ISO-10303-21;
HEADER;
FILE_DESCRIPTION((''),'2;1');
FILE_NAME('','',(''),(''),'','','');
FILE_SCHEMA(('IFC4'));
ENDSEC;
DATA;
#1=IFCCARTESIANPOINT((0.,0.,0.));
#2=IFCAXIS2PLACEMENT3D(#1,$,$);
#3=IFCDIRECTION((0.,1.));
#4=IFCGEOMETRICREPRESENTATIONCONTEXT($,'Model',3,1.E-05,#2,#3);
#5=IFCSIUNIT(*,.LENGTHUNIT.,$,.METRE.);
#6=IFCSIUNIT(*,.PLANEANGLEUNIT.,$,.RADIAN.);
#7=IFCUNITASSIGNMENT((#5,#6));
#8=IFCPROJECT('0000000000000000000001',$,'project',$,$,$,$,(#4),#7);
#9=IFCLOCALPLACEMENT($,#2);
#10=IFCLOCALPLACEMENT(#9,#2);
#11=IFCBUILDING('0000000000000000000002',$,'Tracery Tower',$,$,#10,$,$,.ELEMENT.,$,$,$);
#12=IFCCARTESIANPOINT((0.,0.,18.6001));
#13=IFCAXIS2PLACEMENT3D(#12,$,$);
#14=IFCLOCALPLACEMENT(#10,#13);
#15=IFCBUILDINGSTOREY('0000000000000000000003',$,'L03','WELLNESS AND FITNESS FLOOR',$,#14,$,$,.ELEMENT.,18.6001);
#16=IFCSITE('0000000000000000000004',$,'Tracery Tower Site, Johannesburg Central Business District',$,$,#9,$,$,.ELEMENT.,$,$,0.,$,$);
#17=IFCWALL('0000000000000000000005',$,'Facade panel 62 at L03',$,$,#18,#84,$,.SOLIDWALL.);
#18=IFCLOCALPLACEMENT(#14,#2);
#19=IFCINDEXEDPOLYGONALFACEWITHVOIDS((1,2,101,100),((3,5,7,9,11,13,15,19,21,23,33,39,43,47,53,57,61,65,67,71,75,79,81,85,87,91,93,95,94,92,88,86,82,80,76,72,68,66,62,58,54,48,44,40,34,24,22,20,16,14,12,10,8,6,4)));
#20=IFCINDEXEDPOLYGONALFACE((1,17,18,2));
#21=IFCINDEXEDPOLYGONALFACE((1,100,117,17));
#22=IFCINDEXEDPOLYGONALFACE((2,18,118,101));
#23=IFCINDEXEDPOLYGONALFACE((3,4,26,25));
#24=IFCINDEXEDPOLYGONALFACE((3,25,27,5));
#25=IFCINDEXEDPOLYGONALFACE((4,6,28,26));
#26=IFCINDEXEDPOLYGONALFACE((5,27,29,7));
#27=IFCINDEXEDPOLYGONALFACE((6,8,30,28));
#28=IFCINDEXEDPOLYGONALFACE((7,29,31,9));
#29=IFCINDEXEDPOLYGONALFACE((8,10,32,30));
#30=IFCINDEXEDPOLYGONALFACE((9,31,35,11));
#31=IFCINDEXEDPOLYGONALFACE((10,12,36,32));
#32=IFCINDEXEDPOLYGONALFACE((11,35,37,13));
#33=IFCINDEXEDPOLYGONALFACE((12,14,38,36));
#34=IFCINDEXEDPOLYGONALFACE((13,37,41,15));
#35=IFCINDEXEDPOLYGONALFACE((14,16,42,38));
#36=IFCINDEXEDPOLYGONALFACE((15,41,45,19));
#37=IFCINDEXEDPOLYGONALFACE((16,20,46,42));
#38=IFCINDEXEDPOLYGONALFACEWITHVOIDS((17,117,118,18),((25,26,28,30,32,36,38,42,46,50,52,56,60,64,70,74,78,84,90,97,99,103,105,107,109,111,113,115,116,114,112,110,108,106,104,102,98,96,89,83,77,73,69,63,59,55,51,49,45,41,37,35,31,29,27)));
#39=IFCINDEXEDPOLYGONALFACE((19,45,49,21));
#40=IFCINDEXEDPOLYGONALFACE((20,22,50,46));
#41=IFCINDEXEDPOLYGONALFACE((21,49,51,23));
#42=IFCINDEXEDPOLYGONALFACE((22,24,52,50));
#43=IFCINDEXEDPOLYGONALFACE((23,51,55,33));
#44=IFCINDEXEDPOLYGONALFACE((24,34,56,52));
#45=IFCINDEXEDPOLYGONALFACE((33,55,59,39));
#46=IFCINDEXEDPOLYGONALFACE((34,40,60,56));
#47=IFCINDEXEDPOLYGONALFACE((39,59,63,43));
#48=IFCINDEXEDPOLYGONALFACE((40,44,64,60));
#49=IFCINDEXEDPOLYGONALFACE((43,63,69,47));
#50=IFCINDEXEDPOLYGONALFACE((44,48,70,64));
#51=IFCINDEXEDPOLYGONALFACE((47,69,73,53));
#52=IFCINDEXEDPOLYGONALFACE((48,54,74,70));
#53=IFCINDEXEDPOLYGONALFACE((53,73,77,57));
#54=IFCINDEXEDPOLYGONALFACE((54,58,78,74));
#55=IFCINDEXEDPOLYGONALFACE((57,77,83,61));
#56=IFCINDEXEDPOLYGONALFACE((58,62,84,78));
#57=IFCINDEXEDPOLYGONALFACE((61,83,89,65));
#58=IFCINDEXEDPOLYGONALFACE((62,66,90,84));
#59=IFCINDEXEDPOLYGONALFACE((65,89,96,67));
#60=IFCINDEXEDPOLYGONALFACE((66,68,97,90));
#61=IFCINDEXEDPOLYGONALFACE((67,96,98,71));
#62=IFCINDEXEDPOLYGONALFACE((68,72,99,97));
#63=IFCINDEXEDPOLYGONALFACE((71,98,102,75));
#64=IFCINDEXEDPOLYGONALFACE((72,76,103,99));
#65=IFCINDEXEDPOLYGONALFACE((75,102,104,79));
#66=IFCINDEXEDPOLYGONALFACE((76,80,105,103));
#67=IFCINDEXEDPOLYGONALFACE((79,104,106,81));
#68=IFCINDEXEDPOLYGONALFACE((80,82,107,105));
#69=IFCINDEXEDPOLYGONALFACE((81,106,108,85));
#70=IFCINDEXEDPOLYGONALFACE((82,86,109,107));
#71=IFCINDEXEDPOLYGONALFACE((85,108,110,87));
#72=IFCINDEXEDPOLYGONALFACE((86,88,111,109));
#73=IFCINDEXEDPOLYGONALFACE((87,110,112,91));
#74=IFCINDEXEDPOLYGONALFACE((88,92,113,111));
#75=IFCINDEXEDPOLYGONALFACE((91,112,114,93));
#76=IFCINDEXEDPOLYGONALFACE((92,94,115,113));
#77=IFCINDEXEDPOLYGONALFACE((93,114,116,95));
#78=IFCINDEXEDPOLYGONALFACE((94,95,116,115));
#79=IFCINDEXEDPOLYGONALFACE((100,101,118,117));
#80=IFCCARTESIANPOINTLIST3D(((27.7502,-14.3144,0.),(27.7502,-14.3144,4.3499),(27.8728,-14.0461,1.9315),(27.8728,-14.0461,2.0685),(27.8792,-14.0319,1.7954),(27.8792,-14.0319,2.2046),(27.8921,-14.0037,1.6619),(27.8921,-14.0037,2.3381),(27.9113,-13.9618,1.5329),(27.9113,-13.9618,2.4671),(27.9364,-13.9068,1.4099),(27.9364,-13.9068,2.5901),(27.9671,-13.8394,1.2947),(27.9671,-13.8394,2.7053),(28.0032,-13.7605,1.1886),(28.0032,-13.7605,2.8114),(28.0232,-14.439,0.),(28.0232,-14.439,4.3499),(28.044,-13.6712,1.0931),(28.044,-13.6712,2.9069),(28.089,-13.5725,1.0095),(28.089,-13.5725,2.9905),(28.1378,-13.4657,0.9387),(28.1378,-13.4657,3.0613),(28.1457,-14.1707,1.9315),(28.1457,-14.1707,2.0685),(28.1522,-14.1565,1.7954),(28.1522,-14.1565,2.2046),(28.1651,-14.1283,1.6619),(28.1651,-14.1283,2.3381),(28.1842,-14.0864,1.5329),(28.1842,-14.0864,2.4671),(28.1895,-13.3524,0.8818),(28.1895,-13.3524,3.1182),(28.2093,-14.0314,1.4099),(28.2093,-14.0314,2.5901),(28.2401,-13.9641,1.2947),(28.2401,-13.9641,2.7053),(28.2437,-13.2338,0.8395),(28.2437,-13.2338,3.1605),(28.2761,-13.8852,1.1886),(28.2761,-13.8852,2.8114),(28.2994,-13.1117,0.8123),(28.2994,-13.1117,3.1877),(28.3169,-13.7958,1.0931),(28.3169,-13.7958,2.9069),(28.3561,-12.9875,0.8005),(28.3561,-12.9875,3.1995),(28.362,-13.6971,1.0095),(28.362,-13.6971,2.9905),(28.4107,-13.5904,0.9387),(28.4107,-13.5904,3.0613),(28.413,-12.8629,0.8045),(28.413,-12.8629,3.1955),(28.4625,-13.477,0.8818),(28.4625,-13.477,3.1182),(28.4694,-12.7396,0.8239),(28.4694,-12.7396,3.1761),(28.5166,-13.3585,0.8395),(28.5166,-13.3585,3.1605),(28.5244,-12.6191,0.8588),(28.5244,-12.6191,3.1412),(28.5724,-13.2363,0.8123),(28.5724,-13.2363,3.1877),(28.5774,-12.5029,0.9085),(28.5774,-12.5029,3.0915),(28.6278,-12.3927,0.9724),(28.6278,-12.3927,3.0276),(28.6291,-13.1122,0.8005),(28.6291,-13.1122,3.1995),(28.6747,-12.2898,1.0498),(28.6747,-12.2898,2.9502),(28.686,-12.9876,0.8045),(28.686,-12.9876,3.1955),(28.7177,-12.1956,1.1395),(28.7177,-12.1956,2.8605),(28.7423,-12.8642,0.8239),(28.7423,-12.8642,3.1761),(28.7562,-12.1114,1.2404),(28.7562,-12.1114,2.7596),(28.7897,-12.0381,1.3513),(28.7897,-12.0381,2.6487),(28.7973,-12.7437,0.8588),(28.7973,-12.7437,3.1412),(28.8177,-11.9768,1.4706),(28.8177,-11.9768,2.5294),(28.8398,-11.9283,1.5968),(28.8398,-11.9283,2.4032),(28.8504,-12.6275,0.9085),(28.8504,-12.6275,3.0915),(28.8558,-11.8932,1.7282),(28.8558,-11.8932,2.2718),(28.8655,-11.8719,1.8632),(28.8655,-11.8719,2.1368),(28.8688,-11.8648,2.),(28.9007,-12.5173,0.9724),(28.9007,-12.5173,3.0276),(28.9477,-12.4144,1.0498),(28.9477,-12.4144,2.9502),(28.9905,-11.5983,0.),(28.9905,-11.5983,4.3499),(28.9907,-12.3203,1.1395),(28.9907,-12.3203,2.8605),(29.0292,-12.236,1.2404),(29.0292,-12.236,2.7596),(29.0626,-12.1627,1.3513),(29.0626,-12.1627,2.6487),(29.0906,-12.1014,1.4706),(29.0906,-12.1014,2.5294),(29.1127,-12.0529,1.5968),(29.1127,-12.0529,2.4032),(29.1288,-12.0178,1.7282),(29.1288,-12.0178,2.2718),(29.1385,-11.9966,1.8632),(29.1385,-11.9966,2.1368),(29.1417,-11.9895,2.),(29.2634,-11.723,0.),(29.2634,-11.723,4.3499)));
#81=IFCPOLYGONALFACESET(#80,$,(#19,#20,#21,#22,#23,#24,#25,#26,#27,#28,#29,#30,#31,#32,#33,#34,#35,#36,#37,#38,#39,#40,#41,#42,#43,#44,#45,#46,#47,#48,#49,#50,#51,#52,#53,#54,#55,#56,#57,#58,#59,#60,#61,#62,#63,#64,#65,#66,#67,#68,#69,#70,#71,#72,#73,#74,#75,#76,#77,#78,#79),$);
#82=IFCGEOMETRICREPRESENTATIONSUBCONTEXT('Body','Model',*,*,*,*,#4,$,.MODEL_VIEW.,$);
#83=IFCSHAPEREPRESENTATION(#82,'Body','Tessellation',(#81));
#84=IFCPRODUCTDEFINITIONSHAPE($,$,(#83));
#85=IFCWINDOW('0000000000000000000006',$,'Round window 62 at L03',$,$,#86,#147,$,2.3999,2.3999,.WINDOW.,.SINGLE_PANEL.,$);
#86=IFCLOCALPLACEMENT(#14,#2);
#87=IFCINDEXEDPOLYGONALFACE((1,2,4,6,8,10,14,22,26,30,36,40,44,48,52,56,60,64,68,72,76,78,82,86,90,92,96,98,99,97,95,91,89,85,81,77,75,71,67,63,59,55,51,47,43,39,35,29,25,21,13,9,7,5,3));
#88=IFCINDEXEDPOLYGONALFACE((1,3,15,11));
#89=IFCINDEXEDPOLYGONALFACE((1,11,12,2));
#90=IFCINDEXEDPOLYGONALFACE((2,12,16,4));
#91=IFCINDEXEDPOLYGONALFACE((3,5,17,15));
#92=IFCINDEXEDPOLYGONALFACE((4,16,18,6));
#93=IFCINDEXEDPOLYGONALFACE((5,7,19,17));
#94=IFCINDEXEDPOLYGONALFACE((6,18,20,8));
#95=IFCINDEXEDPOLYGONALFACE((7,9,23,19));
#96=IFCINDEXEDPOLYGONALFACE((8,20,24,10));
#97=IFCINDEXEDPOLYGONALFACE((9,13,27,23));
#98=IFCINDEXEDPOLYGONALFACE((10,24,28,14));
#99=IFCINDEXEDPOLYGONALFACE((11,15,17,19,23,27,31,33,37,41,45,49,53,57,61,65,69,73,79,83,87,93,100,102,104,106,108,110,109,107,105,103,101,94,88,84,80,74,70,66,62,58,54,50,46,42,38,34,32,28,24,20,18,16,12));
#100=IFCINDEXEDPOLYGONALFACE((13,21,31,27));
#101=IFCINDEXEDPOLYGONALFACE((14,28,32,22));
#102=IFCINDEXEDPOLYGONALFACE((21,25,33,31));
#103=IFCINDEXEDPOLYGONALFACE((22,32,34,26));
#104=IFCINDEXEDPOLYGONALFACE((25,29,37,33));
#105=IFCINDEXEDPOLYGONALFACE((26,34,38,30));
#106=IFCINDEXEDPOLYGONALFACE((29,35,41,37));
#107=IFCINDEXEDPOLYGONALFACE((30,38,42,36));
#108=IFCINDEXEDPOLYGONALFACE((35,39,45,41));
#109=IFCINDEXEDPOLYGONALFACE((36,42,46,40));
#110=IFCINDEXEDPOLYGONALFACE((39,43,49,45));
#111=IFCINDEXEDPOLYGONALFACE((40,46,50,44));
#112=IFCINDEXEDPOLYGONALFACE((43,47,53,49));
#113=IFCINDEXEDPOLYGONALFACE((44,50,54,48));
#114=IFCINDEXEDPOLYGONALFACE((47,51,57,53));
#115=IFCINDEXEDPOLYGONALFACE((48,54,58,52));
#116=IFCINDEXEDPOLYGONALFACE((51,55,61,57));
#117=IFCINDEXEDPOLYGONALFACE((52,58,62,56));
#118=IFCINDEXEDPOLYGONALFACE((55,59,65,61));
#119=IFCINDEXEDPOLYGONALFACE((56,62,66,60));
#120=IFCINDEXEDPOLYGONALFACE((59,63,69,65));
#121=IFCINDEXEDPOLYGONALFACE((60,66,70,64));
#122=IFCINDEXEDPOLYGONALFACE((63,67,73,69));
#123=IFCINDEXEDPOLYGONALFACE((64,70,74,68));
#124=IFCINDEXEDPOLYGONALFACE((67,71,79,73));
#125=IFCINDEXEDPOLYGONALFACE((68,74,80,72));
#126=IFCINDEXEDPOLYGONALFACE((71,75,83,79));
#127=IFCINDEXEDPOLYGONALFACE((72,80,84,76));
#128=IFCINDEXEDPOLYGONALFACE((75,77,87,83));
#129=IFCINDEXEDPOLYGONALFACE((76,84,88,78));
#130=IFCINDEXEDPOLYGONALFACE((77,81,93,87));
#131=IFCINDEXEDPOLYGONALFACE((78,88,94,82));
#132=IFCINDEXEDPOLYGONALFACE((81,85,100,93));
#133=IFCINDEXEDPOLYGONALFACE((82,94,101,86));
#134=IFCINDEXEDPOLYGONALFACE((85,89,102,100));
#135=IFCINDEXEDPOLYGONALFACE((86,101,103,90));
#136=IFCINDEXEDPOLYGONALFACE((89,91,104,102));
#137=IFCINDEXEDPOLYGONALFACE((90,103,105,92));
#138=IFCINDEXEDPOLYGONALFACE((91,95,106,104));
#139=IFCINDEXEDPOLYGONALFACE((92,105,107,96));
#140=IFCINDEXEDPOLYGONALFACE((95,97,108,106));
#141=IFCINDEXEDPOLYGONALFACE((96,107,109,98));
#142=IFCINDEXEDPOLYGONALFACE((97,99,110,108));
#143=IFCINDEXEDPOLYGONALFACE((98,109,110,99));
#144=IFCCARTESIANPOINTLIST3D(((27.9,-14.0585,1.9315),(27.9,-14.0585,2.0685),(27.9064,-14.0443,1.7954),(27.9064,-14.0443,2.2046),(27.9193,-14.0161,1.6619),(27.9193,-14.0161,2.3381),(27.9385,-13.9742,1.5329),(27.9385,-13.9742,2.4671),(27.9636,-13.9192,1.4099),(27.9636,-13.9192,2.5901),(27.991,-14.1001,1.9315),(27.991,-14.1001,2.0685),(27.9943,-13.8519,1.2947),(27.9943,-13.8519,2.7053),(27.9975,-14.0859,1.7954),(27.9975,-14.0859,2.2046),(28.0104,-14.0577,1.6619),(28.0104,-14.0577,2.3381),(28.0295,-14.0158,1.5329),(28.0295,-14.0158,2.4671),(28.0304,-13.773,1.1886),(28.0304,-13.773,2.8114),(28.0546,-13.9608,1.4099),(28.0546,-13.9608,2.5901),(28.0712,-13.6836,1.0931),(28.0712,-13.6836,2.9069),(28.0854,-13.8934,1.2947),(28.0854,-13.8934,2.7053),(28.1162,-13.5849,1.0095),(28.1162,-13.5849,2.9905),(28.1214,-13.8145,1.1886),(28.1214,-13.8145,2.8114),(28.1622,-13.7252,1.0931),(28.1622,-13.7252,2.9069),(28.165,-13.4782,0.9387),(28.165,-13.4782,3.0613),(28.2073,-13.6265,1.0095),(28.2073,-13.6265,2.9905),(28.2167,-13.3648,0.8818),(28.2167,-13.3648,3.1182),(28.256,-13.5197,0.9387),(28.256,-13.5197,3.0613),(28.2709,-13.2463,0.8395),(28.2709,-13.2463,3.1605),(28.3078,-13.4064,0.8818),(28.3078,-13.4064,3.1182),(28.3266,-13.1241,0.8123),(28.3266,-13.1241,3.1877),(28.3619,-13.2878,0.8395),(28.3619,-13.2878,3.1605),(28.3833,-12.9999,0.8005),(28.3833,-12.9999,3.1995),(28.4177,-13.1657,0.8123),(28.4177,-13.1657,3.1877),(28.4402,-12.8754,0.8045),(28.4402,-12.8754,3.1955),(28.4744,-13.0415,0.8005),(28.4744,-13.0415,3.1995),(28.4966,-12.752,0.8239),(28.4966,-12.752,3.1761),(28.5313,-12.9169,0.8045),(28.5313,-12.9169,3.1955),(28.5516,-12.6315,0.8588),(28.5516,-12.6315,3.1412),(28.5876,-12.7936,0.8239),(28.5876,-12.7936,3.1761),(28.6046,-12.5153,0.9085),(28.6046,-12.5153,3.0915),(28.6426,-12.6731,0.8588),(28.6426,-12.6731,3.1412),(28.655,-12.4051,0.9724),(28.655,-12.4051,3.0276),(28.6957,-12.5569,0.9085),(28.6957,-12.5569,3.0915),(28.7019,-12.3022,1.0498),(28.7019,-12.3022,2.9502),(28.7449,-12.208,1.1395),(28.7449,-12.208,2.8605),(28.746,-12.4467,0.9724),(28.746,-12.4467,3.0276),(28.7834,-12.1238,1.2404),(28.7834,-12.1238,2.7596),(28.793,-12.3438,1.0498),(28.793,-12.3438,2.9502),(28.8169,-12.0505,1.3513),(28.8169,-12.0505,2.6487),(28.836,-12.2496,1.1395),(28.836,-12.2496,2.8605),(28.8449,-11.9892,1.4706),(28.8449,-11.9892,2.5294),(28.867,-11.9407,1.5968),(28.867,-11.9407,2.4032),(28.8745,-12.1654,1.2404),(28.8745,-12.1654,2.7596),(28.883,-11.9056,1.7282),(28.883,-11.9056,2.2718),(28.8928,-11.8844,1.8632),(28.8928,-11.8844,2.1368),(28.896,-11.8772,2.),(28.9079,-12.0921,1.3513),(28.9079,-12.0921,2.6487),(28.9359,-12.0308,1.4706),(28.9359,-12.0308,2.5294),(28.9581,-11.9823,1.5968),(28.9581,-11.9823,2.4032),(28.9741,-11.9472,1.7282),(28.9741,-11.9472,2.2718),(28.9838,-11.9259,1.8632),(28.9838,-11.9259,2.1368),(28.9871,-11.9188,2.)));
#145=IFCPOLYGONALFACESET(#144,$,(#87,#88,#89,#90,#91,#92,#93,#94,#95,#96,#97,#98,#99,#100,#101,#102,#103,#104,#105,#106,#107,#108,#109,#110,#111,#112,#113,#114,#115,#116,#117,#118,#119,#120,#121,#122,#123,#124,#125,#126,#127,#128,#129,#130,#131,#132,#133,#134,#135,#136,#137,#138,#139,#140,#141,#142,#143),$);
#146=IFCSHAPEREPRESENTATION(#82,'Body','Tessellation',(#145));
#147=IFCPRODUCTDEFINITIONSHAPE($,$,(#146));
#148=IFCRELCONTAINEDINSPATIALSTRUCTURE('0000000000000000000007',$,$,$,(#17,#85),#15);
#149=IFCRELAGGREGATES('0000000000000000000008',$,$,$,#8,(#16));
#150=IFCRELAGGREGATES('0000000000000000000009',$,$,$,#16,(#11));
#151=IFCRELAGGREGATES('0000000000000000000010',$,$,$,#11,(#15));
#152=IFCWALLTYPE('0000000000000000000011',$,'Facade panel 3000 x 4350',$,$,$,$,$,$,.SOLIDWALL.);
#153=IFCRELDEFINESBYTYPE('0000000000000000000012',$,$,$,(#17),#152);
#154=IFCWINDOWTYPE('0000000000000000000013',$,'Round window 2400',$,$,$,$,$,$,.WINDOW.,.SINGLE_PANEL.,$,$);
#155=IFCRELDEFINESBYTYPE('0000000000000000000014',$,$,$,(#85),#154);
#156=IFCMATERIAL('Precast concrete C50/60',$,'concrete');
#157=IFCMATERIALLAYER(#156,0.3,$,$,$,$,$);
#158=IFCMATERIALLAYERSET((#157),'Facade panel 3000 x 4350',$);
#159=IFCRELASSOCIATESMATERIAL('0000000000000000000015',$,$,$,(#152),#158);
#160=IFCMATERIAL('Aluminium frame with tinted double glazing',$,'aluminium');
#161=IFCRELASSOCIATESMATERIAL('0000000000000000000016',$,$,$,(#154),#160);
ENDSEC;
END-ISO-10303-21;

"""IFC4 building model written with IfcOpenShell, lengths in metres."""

from ifc_helpers import new_model, si_unit, direction, frame, frame_2d, origin, origin_2d, place, context, subcontext, project, spatial, rectangle, circle, extrude, material, layer, layer_set, type_object, element, fill, save


model = new_model("IFC4")

# Units and contexts
model_context = context("Model", 3, precision=1e-05, world=origin(), true_north=direction((0.0, 1.0)))
body_context = subcontext(model_context, "Body", "Model", "MODEL_VIEW")
ifc_project = project(units=[si_unit("LENGTHUNIT", "METRE"), si_unit("PLANEANGLEUNIT", "RADIAN")], contexts=[model_context])

# Site, building, storey
site_placement = place(None, origin())
site = spatial("IfcSite", under=ifc_project, at=site_placement, Name="Tracery Tower Site, Johannesburg Central Business District", CompositionType="ELEMENT", RefElevation=0.0)
building_placement = place(site_placement, origin())
building = spatial("IfcBuilding", under=site, at=building_placement, Name="Tracery Tower", CompositionType="ELEMENT")
storey_placement = place(building_placement, frame((0.0, 0.0, 18.6001)))
storey = spatial("IfcBuildingStorey", under=building, at=storey_placement, Name="L03", Description="WELLNESS AND FITNESS FLOOR", CompositionType="ELEMENT", Elevation=18.6001)

# Wall, opening, window
ifc_material_1 = material(Name="Precast concrete C50/60", Category="concrete")
ifc_layer_1 = layer(ifc_material_1, 0.3)
ifc_layer_set_1 = layer_set([ifc_layer_1], Name="Facade panel 3000 x 4350")
wall_type_1 = type_object("IfcWallType", Name="Facade panel 3000 x 4350", PredefinedType="SOLIDWALL", material=ifc_layer_set_1)
wall_1_placement = place(storey_placement, frame((27.8867, -14.3767, 0.0), z_axis=(0.0, 0.0, 1.0), x_axis=(0.415373, 0.909651, 0.0)))
wall_1 = element("IfcWall", 1, at=wall_1_placement, inside=storey, type_object=wall_type_1, Name="Facade panel 62 at L03", PredefinedType="SOLIDWALL", context=body_context, shape_type="SweptSolid", body=[
    extrude(rectangle(XDim=2.9858, YDim=0.3, at=frame_2d((1.4929, 0.0))), origin(), (0.0, 0.0, 1.0), 4.3499),
])
opening_1_placement = place(wall_1_placement, frame((1.4929, 0.0, 2.0)))
opening_1 = element("IfcOpeningElement", 2, at=opening_1_placement, cuts=wall_1, PredefinedType="OPENING", context=body_context, shape_type="SweptSolid", body=[
    extrude(circle(Radius=1.2, at=origin_2d()), frame((0.0, 0.1599, 0.0), z_axis=(0.0, -1.0, 0.0), x_axis=(1.0, 0.0, 0.0)), (0.0, 0.0, 1.0), 0.3201),
])
ifc_material_2 = material(Name="Aluminium frame with tinted double glazing", Category="aluminium")
window_type = type_object("IfcWindowType", Name="Round window 2400", PartitioningType="SINGLE_PANEL", PredefinedType="WINDOW", material=ifc_material_2)
window_1_placement = place(opening_1_placement, origin())
window_1 = element("IfcWindow", 3, at=window_1_placement, inside=storey, type_object=window_type, Name="Round window 62 at L03", OverallHeight=2.3999, OverallWidth=2.3999, PartitioningType="SINGLE_PANEL", PredefinedType="WINDOW", context=body_context, shape_type="SweptSolid", body=[
    extrude(circle(Radius=1.2, at=origin_2d()), frame((0.0, 0.1201, 0.0), z_axis=(0.0, -1.0, 0.0), x_axis=(1.0, 0.0, 0.0)), (0.0, 0.0, 1.0), 0.1001),
])
fill(opening_1, window_1)

save(model, "model.ifc")
